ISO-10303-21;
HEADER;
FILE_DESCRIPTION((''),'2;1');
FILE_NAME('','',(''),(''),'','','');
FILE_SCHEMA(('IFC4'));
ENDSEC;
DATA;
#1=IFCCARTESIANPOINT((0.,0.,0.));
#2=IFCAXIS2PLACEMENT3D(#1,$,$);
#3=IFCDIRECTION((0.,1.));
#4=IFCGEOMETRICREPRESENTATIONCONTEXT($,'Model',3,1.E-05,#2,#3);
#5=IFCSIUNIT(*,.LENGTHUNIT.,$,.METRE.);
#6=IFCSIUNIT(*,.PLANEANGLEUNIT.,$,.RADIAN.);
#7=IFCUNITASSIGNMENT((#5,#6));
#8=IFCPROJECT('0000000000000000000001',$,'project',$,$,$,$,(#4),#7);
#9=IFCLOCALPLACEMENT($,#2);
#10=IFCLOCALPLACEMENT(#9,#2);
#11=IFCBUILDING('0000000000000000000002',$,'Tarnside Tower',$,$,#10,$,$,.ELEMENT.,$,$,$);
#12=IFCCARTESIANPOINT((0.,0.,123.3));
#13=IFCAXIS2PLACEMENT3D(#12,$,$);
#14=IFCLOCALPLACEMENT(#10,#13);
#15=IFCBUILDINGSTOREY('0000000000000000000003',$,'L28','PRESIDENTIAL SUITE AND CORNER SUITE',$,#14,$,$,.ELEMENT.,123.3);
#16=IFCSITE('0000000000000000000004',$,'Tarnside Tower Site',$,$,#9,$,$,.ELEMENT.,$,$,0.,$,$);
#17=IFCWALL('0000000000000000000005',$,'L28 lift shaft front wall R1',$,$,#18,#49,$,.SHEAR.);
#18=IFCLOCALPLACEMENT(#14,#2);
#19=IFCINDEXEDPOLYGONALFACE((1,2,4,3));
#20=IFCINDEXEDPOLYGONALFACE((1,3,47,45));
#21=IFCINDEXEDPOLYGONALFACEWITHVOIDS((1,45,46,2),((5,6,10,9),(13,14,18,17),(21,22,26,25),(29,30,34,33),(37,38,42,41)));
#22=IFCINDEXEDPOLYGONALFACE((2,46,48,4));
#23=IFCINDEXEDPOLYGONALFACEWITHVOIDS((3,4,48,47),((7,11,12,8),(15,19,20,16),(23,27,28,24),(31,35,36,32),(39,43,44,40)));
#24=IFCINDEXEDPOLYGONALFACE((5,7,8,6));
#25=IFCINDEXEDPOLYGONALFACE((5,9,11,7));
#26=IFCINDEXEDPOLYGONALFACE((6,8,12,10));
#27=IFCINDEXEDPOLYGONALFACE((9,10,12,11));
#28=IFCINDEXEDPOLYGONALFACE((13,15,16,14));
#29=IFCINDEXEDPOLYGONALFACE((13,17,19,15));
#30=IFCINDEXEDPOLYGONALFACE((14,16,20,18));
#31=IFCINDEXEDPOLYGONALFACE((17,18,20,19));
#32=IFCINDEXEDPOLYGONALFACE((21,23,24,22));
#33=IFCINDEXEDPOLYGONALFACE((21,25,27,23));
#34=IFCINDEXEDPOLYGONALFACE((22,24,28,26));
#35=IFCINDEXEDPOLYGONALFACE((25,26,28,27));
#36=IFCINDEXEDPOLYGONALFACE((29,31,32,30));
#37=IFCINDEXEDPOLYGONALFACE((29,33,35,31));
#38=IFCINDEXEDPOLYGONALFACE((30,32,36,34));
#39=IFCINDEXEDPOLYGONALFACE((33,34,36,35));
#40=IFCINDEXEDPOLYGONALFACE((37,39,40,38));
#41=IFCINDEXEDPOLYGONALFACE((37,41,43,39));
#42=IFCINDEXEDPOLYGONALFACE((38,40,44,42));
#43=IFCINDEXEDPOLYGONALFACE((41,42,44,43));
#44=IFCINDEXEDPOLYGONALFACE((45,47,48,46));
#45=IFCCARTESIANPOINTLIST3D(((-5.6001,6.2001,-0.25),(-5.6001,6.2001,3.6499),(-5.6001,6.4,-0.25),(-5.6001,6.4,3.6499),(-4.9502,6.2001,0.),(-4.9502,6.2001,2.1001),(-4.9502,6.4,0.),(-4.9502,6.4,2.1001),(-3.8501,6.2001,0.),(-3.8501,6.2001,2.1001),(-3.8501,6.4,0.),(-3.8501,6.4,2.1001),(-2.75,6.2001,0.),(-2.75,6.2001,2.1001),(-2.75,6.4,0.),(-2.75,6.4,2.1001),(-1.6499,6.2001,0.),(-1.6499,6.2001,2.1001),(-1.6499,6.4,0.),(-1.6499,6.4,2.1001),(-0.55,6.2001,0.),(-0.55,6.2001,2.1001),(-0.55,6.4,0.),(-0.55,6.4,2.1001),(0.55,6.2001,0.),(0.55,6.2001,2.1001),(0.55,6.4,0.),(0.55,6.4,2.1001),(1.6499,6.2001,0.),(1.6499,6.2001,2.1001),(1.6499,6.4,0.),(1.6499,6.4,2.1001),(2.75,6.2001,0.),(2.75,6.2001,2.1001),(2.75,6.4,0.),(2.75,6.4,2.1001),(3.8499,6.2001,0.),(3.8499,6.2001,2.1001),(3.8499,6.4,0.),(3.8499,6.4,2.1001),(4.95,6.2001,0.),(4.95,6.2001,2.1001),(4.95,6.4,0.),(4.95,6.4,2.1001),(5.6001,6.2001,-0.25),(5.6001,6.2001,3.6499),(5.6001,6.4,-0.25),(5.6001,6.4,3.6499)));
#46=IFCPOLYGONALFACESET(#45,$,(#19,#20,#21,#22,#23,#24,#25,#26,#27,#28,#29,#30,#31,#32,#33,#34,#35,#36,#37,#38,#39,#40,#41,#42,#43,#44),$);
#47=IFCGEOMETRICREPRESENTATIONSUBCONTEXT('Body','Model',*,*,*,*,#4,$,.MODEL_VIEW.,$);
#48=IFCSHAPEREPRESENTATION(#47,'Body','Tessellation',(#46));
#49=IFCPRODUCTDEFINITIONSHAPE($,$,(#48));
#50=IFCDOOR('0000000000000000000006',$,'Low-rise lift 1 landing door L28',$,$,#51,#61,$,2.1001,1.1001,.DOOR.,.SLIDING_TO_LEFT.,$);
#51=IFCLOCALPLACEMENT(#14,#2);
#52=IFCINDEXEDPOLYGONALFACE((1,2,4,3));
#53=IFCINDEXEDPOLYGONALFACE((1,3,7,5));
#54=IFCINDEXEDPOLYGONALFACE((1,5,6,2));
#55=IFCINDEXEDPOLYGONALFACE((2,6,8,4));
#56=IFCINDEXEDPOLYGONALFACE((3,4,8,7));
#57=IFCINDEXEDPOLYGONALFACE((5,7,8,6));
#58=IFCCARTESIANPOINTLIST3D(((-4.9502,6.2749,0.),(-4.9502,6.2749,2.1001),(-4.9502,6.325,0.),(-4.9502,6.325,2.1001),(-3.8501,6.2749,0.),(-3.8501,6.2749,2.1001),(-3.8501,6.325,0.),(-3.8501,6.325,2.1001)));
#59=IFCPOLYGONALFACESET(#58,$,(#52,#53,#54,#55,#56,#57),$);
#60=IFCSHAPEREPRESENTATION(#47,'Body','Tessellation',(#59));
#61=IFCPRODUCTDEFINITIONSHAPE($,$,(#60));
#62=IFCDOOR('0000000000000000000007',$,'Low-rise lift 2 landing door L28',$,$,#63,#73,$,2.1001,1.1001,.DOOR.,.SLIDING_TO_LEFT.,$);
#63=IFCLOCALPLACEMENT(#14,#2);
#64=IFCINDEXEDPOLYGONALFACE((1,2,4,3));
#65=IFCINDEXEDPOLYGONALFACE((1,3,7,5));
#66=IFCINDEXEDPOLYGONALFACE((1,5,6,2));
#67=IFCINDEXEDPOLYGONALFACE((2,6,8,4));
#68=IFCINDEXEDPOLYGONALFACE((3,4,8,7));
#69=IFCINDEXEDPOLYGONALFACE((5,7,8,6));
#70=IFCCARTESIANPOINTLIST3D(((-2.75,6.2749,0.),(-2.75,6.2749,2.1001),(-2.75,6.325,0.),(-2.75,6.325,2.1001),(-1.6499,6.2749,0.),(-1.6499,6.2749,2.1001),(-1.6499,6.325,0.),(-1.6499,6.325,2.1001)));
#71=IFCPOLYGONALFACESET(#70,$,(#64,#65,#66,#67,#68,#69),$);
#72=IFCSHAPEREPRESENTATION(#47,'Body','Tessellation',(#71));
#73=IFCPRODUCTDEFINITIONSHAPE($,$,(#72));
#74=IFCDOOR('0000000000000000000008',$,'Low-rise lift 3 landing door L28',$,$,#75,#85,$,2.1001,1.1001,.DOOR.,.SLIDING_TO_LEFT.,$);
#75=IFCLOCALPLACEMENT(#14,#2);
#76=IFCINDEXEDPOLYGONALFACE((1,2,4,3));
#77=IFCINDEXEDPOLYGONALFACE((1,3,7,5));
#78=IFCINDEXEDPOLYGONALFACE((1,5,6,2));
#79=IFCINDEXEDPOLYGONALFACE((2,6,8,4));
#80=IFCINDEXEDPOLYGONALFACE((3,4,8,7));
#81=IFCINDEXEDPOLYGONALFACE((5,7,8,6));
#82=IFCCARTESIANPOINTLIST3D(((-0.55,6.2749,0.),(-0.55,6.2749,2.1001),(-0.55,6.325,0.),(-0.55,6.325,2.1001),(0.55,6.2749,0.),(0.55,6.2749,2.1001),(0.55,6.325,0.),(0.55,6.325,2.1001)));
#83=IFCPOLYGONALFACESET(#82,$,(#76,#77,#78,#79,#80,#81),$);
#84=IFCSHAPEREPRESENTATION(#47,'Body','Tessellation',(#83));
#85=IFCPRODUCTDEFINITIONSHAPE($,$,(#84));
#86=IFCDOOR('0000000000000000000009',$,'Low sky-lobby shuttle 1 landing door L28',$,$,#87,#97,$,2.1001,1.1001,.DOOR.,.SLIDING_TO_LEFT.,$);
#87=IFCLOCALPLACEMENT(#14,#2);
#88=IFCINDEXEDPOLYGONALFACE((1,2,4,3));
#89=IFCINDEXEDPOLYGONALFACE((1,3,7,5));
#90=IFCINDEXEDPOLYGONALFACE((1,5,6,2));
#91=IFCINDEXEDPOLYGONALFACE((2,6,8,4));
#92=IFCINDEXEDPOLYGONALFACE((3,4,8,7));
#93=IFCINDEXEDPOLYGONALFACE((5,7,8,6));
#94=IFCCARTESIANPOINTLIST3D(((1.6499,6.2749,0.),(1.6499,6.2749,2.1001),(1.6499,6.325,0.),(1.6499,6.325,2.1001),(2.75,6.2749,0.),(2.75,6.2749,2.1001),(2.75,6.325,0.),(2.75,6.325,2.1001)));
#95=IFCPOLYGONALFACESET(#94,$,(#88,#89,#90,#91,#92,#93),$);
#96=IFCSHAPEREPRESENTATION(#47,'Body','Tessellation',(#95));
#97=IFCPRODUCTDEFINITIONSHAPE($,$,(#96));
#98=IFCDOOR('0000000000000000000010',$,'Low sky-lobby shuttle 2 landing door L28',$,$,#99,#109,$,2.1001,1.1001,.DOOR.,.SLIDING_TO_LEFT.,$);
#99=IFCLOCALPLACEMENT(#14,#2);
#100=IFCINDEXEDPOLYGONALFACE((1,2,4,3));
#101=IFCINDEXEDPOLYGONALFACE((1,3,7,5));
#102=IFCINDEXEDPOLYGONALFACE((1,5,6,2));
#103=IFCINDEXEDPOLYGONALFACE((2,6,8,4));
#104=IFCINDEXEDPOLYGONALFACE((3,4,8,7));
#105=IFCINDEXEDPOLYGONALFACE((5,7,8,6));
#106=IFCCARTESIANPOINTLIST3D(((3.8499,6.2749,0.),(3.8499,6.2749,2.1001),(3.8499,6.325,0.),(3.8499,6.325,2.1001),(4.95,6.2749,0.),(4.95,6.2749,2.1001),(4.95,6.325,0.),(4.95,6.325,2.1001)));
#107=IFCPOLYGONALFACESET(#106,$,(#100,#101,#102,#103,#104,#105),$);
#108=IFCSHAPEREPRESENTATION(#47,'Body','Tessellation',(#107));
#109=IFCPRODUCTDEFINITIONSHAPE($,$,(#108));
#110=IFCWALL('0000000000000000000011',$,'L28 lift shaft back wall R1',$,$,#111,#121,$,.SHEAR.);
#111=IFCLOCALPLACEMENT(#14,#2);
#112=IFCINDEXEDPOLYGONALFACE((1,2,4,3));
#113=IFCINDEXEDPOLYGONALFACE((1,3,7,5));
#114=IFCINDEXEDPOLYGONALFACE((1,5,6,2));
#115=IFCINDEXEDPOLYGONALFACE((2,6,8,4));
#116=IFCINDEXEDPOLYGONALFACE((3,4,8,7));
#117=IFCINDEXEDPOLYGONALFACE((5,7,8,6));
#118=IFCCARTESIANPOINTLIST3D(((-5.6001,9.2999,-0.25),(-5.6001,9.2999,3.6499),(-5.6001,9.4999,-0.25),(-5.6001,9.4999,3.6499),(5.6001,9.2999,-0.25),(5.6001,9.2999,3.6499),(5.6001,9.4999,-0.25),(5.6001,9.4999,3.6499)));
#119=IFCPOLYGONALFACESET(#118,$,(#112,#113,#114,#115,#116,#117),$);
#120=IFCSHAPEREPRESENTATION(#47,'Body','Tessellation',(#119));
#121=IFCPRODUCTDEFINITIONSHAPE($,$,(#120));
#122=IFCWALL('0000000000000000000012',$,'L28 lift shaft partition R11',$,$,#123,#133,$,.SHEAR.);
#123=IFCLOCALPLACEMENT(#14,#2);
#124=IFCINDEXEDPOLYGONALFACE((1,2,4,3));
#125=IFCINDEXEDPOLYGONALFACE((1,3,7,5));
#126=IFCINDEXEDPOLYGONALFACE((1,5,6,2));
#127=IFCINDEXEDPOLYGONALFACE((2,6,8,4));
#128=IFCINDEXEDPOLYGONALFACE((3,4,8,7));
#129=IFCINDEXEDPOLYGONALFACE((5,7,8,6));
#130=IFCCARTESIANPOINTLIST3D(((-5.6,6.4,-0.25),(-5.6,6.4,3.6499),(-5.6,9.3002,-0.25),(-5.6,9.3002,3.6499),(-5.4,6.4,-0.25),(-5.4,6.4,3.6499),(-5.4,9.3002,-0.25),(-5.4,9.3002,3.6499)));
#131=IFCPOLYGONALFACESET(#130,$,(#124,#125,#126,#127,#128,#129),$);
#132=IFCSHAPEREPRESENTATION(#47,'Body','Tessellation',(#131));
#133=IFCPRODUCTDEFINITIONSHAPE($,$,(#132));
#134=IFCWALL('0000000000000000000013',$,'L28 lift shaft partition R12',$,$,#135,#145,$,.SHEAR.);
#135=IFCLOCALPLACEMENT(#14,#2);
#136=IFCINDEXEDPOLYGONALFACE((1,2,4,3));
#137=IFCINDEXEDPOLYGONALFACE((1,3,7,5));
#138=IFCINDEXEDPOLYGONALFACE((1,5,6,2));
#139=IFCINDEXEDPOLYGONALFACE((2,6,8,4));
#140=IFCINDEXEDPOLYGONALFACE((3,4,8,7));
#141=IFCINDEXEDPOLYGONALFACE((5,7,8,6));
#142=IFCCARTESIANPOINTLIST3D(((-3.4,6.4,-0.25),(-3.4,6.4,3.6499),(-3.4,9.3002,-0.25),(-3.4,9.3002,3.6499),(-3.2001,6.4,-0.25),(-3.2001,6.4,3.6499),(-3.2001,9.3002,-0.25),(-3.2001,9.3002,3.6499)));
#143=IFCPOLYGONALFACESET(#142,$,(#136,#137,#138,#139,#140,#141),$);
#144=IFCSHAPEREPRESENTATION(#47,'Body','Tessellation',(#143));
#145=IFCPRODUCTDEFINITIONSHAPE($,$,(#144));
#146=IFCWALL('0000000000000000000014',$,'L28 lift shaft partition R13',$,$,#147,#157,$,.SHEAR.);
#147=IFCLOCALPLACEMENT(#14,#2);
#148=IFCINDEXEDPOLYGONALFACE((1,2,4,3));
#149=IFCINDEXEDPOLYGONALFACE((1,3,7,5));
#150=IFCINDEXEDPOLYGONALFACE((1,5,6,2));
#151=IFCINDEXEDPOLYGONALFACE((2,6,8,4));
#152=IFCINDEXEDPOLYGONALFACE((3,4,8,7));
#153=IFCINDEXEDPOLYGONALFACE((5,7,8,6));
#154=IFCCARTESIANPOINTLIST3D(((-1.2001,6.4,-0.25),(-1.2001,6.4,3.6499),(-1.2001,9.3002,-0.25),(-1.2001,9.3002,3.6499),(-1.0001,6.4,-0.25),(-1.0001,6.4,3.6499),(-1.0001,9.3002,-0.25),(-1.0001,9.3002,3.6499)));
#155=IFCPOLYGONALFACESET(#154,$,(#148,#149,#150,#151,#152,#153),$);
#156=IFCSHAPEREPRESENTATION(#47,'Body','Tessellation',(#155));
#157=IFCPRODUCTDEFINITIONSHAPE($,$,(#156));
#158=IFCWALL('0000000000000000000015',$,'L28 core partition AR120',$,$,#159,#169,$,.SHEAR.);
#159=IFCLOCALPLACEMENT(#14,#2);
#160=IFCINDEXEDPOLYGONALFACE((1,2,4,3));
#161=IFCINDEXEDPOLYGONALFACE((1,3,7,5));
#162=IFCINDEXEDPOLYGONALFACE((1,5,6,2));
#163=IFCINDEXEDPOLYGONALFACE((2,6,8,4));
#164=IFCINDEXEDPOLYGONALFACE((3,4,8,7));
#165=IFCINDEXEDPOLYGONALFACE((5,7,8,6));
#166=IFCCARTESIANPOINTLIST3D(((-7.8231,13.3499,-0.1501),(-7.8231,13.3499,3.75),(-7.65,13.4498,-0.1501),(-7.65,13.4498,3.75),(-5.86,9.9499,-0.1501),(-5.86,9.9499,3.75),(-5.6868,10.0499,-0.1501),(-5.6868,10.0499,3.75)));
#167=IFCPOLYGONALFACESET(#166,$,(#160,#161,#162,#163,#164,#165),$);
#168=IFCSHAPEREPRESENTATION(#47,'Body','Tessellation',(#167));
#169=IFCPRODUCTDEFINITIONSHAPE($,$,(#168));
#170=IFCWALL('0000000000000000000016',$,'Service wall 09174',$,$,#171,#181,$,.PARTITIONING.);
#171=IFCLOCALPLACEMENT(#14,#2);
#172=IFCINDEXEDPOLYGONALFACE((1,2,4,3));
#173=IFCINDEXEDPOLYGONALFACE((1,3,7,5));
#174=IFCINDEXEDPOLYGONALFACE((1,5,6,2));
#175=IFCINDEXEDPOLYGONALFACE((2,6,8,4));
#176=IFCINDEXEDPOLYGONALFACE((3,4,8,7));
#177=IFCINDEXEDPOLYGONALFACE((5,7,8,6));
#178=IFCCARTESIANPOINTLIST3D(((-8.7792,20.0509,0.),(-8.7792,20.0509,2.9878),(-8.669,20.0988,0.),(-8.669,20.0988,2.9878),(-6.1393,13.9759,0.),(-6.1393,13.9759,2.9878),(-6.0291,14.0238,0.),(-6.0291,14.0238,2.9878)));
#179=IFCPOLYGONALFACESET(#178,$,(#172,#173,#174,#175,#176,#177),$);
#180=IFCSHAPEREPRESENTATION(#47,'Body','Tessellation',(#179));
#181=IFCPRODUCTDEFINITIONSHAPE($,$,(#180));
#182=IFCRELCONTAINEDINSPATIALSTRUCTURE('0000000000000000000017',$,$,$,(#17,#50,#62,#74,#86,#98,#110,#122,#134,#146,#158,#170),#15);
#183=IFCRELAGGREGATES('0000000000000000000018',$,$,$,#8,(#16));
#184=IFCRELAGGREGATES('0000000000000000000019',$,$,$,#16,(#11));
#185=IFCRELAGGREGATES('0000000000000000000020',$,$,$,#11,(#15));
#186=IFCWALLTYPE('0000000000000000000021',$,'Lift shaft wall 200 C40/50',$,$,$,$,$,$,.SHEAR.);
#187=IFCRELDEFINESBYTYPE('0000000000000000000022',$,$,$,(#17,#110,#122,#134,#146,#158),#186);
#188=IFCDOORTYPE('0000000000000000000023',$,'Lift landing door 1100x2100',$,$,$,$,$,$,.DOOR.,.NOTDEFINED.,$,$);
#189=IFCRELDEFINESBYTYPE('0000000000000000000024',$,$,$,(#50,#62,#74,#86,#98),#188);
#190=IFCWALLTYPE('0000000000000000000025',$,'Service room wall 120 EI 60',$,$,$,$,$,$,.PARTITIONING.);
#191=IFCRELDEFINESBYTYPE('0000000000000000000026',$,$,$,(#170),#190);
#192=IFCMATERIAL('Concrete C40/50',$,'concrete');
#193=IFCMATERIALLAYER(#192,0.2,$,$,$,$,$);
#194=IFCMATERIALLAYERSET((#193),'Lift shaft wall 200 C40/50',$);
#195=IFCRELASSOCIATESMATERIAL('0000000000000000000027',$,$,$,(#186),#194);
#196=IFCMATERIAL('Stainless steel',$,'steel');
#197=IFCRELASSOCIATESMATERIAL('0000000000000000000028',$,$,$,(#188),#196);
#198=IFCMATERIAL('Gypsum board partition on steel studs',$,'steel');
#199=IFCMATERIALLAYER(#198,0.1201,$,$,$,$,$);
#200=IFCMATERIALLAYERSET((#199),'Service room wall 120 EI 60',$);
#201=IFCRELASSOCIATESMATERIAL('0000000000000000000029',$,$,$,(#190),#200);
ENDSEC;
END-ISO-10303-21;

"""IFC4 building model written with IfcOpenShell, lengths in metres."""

from ifc_helpers import new_model, si_unit, direction, frame, frame_2d, origin, place, context, subcontext, project, spatial, rectangle, extrude, material, layer, layer_set, type_object, element, fill, save


model = new_model("IFC4")

# Units and contexts
model_context = context("Model", 3, precision=1e-05, world=origin(), true_north=direction((0.0, 1.0)))
body_context = subcontext(model_context, "Body", "Model", "MODEL_VIEW")
ifc_project = project(units=[si_unit("LENGTHUNIT", "METRE"), si_unit("PLANEANGLEUNIT", "RADIAN")], contexts=[model_context])

# Site, building, storey
site_placement = place(None, origin())
site = spatial("IfcSite", under=ifc_project, at=site_placement, Name="Tarnside Tower Site", CompositionType="ELEMENT", RefElevation=0.0)
building_placement = place(site_placement, origin())
building = spatial("IfcBuilding", under=site, at=building_placement, Name="Tarnside Tower", CompositionType="ELEMENT")
storey_placement = place(building_placement, frame((0.0, 0.0, 123.3)))
storey = spatial("IfcBuildingStorey", under=building, at=storey_placement, Name="L28", Description="PRESIDENTIAL SUITE AND CORNER SUITE", CompositionType="ELEMENT", Elevation=123.3)

# Shared definitions
ifc_material_1 = material(Name="Gypsum board partition on steel studs", Category="steel")

# Wall, openings, doors
ifc_material_2 = material(Name="Concrete C40/50", Category="concrete")
ifc_layer_1 = layer(ifc_material_2, 0.2)
ifc_layer_set_1 = layer_set([ifc_layer_1], Name="Lift shaft wall 200 C40/50")
wall_type_1 = type_object("IfcWallType", Name="Lift shaft wall 200 C40/50", PredefinedType="SHEAR", material=ifc_layer_set_1)
wall_1_placement = place(storey_placement, frame((-5.6001, 6.3, -0.25), z_axis=(0.0, 0.0, 1.0), x_axis=(1.0, 0.0, 0.0)))
wall_1 = element("IfcWall", 1, at=wall_1_placement, inside=storey, type_object=wall_type_1, Name="L28 lift shaft front wall R1", PredefinedType="SHEAR", context=body_context, shape_type="SweptSolid", body=[
    extrude(rectangle(XDim=11.2002, YDim=0.2, at=frame_2d((5.6001, 0.0))), origin(), (0.0, 0.0, 1.0), 3.8999),
])
opening_1_placement = place(wall_1_placement, frame((0.6499, 0.0, 0.25)))
opening_1 = element("IfcOpeningElement", 2, at=opening_1_placement, cuts=wall_1, PredefinedType="OPENING", context=body_context, shape_type="SweptSolid", body=[
    extrude(rectangle(XDim=1.1001, YDim=2.1001, at=frame_2d((0.55, 1.05))), frame((0.0, 0.1099, 0.0), z_axis=(0.0, -1.0, 0.0), x_axis=(1.0, 0.0, 0.0)), (0.0, 0.0, 1.0), 0.22),
])
opening_2_placement = place(wall_1_placement, frame((2.8501, 0.0, 0.25)))
opening_2 = element("IfcOpeningElement", 3, at=opening_2_placement, cuts=wall_1, PredefinedType="OPENING", context=body_context, shape_type="SweptSolid", body=[
    extrude(rectangle(XDim=1.1001, YDim=2.1001, at=frame_2d((0.55, 1.05))), frame((0.0, 0.1099, 0.0), z_axis=(0.0, -1.0, 0.0), x_axis=(1.0, 0.0, 0.0)), (0.0, 0.0, 1.0), 0.22),
])
opening_3_placement = place(wall_1_placement, frame((5.05, 0.0, 0.25)))
opening_3 = element("IfcOpeningElement", 4, at=opening_3_placement, cuts=wall_1, PredefinedType="OPENING", context=body_context, shape_type="SweptSolid", body=[
    extrude(rectangle(XDim=1.1001, YDim=2.1001, at=frame_2d((0.55, 1.05))), frame((0.0, 0.1099, 0.0), z_axis=(0.0, -1.0, 0.0), x_axis=(1.0, 0.0, 0.0)), (0.0, 0.0, 1.0), 0.22),
])
opening_4_placement = place(wall_1_placement, frame((7.25, 0.0, 0.25)))
opening_4 = element("IfcOpeningElement", 5, at=opening_4_placement, cuts=wall_1, PredefinedType="OPENING", context=body_context, shape_type="SweptSolid", body=[
    extrude(rectangle(XDim=1.1001, YDim=2.1001, at=frame_2d((0.55, 1.05))), frame((0.0, 0.1099, 0.0), z_axis=(0.0, -1.0, 0.0), x_axis=(1.0, 0.0, 0.0)), (0.0, 0.0, 1.0), 0.22),
])
opening_5_placement = place(wall_1_placement, frame((9.45, 0.0, 0.25)))
opening_5 = element("IfcOpeningElement", 6, at=opening_5_placement, cuts=wall_1, PredefinedType="OPENING", context=body_context, shape_type="SweptSolid", body=[
    extrude(rectangle(XDim=1.1001, YDim=2.1001, at=frame_2d((0.55, 1.05))), frame((0.0, 0.1099, 0.0), z_axis=(0.0, -1.0, 0.0), x_axis=(1.0, 0.0, 0.0)), (0.0, 0.0, 1.0), 0.22),
])
ifc_material_3 = material(Name="Stainless steel", Category="steel")
door_type_1 = type_object("IfcDoorType", Name="Lift landing door 1100x2100", OperationType="NOTDEFINED", PredefinedType="DOOR", material=ifc_material_3)
door_1_placement = place(opening_1_placement, origin())
door_1 = element("IfcDoor", 7, at=door_1_placement, inside=storey, type_object=door_type_1, Name="Low-rise lift 1 landing door L28", OperationType="SLIDING_TO_LEFT", OverallHeight=2.1001, OverallWidth=1.1001, PredefinedType="DOOR", context=body_context, shape_type="SweptSolid", body=[
    extrude(rectangle(XDim=1.1001, YDim=2.1001, at=frame_2d((0.55, 1.05))), frame((0.0, 0.0249, 0.0), z_axis=(0.0, -1.0, 0.0), x_axis=(1.0, 0.0, 0.0)), (0.0, 0.0, 1.0), 0.05),
])
fill(opening_1, door_1)
door_2_placement = place(opening_2_placement, origin())
door_2 = element("IfcDoor", 8, at=door_2_placement, inside=storey, type_object=door_type_1, Name="Low-rise lift 2 landing door L28", OperationType="SLIDING_TO_LEFT", OverallHeight=2.1001, OverallWidth=1.1001, PredefinedType="DOOR", context=body_context, shape_type="SweptSolid", body=[
    extrude(rectangle(XDim=1.1001, YDim=2.1001, at=frame_2d((0.55, 1.05))), frame((0.0, 0.0249, 0.0), z_axis=(0.0, -1.0, 0.0), x_axis=(1.0, 0.0, 0.0)), (0.0, 0.0, 1.0), 0.05),
])
fill(opening_2, door_2)
door_3_placement = place(opening_3_placement, origin())
door_3 = element("IfcDoor", 9, at=door_3_placement, inside=storey, type_object=door_type_1, Name="Low-rise lift 3 landing door L28", OperationType="SLIDING_TO_LEFT", OverallHeight=2.1001, OverallWidth=1.1001, PredefinedType="DOOR", context=body_context, shape_type="SweptSolid", body=[
    extrude(rectangle(XDim=1.1001, YDim=2.1001, at=frame_2d((0.55, 1.05))), frame((0.0, 0.0249, 0.0), z_axis=(0.0, -1.0, 0.0), x_axis=(1.0, 0.0, 0.0)), (0.0, 0.0, 1.0), 0.05),
])
fill(opening_3, door_3)
door_4_placement = place(opening_4_placement, origin())
door_4 = element("IfcDoor", 10, at=door_4_placement, inside=storey, type_object=door_type_1, Name="Low sky-lobby shuttle 1 landing door L28", OperationType="SLIDING_TO_LEFT", OverallHeight=2.1001, OverallWidth=1.1001, PredefinedType="DOOR", context=body_context, shape_type="SweptSolid", body=[
    extrude(rectangle(XDim=1.1001, YDim=2.1001, at=frame_2d((0.55, 1.05))), frame((0.0, 0.0249, 0.0), z_axis=(0.0, -1.0, 0.0), x_axis=(1.0, 0.0, 0.0)), (0.0, 0.0, 1.0), 0.05),
])
fill(opening_4, door_4)
door_5_placement = place(opening_5_placement, origin())
door_5 = element("IfcDoor", 11, at=door_5_placement, inside=storey, type_object=door_type_1, Name="Low sky-lobby shuttle 2 landing door L28", OperationType="SLIDING_TO_LEFT", OverallHeight=2.1001, OverallWidth=1.1001, PredefinedType="DOOR", context=body_context, shape_type="SweptSolid", body=[
    extrude(rectangle(XDim=1.1001, YDim=2.1001, at=frame_2d((0.55, 1.05))), frame((0.0, 0.0249, 0.0), z_axis=(0.0, -1.0, 0.0), x_axis=(1.0, 0.0, 0.0)), (0.0, 0.0, 1.0), 0.05),
])
fill(opening_5, door_5)

# Walls
wall_2_placement = place(storey_placement, frame((-5.6001, 9.3999, -0.25), z_axis=(0.0, 0.0, 1.0), x_axis=(1.0, 0.0, 0.0)))
element("IfcWall", 12, at=wall_2_placement, inside=storey, type_object=wall_type_1, Name="L28 lift shaft back wall R1", PredefinedType="SHEAR", context=body_context, shape_type="SweptSolid", body=[
    extrude(rectangle(XDim=11.2002, YDim=0.2, at=frame_2d((5.6001, 0.0))), origin(), (0.0, 0.0, 1.0), 3.8999),
])
for number, where, z_axis, x_axis, name in (
    (13, (-5.5, 6.3999, -0.25), (0.0, 0.0, 1.0), (0.0, 1.0, 0.0), "L28 lift shaft partition R11"),
    (14, (-3.3, 6.3999, -0.25), (0.0, 0.0, 1.0), (0.0, 1.0, 0.0), "L28 lift shaft partition R12"),
    (15, (-1.1001, 6.3999, -0.25), (0.0, 0.0, 1.0), (0.0, 1.0, 0.0), "L28 lift shaft partition R13"),
):
    element("IfcWall", number, at=place(storey_placement, frame(where, z_axis=z_axis, x_axis=x_axis)), inside=storey, type_object=wall_type_1, Name=name, PredefinedType="SHEAR", context=body_context, shape_type="SweptSolid", body=[
        extrude(rectangle(XDim=2.9001, YDim=0.2, at=frame_2d((1.4502, 0.0))), origin(), (0.0, 0.0, 1.0), 3.8999),
    ])
wall_3_placement = place(storey_placement, frame((-5.7734, 10.0, -0.1501), z_axis=(0.0, 0.0, 1.0), x_axis=(-0.500038, 0.866003, 0.0)))
element("IfcWall", 16, at=wall_3_placement, inside=storey, type_object=wall_type_1, Name="L28 core partition AR120", PredefinedType="SHEAR", context=body_context, shape_type="SweptSolid", body=[
    extrude(rectangle(XDim=3.926, YDim=0.2, at=frame_2d((1.9629, 0.0))), origin(), (0.0, 0.0, 1.0), 3.9001),
])
ifc_layer_2 = layer(ifc_material_1, 0.1201)
ifc_layer_set_2 = layer_set([ifc_layer_2], Name="Service room wall 120 EI 60")
wall_type_2 = type_object("IfcWallType", Name="Service room wall 120 EI 60", PredefinedType="PARTITIONING", material=ifc_layer_set_2)
wall_4_placement = place(storey_placement, frame((-8.7241, 20.075, 0.0), z_axis=(0.0, 0.0, 1.0), x_axis=(0.39855, -0.917147, 0.0)))
element("IfcWall", 17, at=wall_4_placement, inside=storey, type_object=wall_type_2, Name="Service wall 09174", PredefinedType="PARTITIONING", context=body_context, shape_type="SweptSolid", body=[
    extrude(rectangle(XDim=6.6238, YDim=0.1201, at=frame_2d((3.312, 0.0))), origin(), (0.0, 0.0, 1.0), 2.9878),
])

save(model, "model.ifc")
